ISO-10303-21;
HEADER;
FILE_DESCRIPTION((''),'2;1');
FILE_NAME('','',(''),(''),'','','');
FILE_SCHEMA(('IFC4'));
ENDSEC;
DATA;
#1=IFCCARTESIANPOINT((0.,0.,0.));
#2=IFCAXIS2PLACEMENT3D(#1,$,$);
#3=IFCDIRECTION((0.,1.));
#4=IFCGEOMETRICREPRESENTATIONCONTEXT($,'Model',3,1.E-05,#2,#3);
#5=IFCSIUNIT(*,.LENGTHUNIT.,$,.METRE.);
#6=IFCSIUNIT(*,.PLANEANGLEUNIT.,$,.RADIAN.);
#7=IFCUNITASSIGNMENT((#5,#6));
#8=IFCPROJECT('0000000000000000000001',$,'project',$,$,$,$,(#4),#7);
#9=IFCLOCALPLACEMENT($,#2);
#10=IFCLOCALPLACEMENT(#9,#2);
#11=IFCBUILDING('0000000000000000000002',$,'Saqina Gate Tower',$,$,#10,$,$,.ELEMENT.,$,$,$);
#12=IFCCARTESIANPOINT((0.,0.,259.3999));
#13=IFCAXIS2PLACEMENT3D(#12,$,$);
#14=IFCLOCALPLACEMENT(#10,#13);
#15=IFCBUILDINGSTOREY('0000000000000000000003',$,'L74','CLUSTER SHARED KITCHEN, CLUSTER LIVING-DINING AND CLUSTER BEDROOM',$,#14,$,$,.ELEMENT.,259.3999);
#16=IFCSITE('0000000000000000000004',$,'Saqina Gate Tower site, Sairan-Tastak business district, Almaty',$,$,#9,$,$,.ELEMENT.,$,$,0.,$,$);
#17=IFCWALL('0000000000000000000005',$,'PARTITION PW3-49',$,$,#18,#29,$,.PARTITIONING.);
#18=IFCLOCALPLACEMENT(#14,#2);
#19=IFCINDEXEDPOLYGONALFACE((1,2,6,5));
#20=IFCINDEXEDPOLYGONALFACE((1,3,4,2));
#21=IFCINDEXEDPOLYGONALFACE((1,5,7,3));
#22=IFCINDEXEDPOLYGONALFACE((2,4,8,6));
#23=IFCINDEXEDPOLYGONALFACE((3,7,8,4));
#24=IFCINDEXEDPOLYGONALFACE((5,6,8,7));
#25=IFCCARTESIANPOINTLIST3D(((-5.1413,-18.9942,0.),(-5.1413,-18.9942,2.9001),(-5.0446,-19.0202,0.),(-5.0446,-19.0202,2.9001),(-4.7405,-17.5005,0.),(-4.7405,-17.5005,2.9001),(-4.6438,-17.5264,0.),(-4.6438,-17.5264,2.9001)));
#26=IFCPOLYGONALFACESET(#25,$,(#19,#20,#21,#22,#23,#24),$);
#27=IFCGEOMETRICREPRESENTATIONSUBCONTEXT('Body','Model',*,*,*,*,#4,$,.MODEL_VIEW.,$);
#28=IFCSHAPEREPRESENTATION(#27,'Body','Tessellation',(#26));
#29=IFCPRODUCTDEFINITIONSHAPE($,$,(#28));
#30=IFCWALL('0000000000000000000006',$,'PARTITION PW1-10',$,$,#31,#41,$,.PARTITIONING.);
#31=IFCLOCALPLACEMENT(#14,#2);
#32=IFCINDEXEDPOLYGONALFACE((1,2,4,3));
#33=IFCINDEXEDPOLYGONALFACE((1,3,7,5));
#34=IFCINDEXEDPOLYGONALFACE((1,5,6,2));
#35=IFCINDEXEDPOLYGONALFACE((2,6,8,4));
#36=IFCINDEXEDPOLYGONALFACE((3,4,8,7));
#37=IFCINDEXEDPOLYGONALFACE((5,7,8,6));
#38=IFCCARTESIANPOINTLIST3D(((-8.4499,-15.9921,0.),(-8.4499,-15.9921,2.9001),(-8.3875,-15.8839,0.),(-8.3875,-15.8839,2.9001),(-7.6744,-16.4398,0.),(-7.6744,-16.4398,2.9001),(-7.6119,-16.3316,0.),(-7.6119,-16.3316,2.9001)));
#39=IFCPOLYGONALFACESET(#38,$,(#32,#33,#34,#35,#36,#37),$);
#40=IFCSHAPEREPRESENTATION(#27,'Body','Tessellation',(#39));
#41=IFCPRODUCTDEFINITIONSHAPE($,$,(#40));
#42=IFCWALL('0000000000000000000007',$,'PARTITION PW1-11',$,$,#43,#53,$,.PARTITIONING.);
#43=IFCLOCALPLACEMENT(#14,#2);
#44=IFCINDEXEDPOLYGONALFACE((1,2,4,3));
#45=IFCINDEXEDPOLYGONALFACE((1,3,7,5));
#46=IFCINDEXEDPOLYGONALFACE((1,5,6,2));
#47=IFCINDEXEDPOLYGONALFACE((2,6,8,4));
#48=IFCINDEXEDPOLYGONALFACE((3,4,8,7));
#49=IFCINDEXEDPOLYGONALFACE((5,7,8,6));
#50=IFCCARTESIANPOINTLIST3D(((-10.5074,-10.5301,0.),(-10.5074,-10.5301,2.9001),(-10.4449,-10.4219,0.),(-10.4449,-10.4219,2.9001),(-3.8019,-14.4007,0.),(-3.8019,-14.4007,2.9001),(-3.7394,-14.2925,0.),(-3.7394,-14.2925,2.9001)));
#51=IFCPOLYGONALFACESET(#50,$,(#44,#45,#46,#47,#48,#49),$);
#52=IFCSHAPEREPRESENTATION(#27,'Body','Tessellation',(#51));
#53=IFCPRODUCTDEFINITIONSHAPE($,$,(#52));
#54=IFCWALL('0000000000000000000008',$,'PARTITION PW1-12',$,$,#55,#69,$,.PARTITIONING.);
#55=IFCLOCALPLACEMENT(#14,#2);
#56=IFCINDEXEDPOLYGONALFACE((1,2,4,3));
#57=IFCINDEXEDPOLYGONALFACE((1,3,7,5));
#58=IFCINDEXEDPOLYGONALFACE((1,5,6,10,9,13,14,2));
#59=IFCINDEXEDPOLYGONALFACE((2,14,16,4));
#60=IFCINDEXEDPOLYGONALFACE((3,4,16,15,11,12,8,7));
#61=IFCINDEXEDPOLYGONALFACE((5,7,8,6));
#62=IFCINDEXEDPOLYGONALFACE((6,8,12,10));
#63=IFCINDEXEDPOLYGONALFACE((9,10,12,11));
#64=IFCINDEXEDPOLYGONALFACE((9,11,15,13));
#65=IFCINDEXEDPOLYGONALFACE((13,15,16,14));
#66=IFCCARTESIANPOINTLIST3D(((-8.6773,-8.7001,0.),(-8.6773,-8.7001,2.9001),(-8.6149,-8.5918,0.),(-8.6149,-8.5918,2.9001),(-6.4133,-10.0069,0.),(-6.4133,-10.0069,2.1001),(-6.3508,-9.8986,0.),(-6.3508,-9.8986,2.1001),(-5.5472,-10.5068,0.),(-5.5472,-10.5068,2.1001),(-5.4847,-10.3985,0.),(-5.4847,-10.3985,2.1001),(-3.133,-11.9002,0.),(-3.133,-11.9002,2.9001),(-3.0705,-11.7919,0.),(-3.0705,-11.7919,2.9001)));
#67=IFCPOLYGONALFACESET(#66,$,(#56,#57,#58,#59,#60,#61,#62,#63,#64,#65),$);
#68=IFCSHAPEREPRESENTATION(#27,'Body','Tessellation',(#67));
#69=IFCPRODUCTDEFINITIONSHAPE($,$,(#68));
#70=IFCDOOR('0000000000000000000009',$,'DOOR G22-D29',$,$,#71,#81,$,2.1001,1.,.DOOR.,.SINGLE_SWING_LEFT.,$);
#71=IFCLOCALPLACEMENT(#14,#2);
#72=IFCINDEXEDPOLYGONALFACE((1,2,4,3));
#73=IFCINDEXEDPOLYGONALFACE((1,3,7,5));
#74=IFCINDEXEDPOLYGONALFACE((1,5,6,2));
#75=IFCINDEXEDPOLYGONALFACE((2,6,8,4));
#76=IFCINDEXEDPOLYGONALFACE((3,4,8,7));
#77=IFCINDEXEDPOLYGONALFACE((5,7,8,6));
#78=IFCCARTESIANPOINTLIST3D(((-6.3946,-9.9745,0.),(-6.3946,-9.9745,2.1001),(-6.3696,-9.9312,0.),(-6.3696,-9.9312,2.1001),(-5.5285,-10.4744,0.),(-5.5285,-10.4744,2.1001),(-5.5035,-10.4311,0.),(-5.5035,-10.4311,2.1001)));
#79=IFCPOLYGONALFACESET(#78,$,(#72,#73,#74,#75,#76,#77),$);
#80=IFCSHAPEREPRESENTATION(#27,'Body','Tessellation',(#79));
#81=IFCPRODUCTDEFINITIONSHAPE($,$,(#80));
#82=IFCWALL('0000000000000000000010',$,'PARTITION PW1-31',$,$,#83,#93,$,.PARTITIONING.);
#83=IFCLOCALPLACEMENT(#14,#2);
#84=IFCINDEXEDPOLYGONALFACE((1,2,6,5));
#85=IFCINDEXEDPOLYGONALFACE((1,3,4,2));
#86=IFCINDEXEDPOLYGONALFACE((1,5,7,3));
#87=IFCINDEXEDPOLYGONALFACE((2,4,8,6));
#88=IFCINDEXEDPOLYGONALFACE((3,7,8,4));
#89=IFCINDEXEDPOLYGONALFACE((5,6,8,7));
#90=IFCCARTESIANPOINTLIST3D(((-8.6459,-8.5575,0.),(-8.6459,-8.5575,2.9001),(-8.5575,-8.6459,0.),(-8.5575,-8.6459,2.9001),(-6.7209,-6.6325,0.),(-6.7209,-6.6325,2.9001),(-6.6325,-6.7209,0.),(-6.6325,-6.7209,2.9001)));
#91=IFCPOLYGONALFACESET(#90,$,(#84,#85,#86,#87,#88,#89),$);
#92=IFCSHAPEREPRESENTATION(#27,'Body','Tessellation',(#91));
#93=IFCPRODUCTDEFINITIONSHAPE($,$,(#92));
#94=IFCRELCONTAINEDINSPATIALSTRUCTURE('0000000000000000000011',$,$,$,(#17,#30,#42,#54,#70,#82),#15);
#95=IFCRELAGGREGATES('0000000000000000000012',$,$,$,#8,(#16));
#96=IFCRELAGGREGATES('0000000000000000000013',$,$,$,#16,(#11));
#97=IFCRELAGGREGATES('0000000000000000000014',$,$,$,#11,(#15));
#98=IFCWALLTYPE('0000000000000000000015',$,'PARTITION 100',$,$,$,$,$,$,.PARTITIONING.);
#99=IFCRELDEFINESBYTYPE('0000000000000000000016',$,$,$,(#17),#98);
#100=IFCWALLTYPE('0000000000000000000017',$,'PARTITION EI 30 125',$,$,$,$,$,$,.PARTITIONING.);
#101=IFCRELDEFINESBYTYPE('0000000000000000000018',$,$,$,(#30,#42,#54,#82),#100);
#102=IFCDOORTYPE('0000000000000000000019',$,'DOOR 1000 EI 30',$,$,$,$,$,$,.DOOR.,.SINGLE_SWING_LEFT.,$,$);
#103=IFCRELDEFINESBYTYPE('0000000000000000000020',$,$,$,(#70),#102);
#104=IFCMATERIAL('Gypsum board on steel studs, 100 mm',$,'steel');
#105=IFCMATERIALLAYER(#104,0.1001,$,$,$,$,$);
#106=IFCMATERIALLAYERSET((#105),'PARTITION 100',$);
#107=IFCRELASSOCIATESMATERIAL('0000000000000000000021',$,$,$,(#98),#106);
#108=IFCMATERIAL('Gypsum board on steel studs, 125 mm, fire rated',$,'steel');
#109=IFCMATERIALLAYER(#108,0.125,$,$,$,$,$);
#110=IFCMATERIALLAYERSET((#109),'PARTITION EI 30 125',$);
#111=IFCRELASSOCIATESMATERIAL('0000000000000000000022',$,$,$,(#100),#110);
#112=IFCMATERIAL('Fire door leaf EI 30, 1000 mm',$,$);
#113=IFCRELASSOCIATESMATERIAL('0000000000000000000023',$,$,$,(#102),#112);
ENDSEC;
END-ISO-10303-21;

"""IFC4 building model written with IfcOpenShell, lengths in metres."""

from ifc_helpers import new_model, si_unit, direction, frame, frame_2d, origin, place, context, subcontext, project, spatial, rectangle, extrude, material, layer, layer_set, type_object, element, fill, save


model = new_model("IFC4")

# Units and contexts
model_context = context("Model", 3, precision=1e-05, world=origin(), true_north=direction((0.0, 1.0)))
body_context = subcontext(model_context, "Body", "Model", "MODEL_VIEW")
ifc_project = project(units=[si_unit("LENGTHUNIT", "METRE"), si_unit("PLANEANGLEUNIT", "RADIAN")], contexts=[model_context])

# Site, building, storey
site_placement = place(None, origin())
site = spatial("IfcSite", under=ifc_project, at=site_placement, Name="Saqina Gate Tower site, Sairan-Tastak business district, Almaty", CompositionType="ELEMENT", RefElevation=0.0)
building_placement = place(site_placement, origin())
building = spatial("IfcBuilding", under=site, at=building_placement, Name="Saqina Gate Tower", CompositionType="ELEMENT")
storey_placement = place(building_placement, frame((0.0, 0.0, 259.3999)))
storey = spatial("IfcBuildingStorey", under=building, at=storey_placement, Name="L74", Description="CLUSTER SHARED KITCHEN, CLUSTER LIVING-DINING AND CLUSTER BEDROOM", CompositionType="ELEMENT", Elevation=259.3999)

# Shared definitions
ifc_material_1 = material(Name="Gypsum board on steel studs, 100 mm", Category="steel")
ifc_layer_1 = layer(ifc_material_1, 0.1001)
ifc_layer_set_1 = layer_set([ifc_layer_1], Name="PARTITION 100")
wall_type_1 = type_object("IfcWallType", Name="PARTITION 100", PredefinedType="PARTITIONING", material=ifc_layer_set_1)

# Walls
wall_1_placement = place(storey_placement, frame((-5.093, -19.0073, 0.0), z_axis=(0.0, 0.0, 1.0), x_axis=(0.259175, 0.96583, 0.0)))
element("IfcWall", 1, at=wall_1_placement, inside=storey, type_object=wall_type_1, Name="PARTITION PW3-49", PredefinedType="PARTITIONING", context=body_context, shape_type="SweptSolid", body=[
    extrude(rectangle(XDim=1.5466, YDim=0.1001, at=frame_2d((0.7734, 0.0))), origin(), (0.0, 0.0, 1.0), 2.9001),
])
ifc_material_2 = material(Name="Gypsum board on steel studs, 125 mm, fire rated", Category="steel")
ifc_layer_2 = layer(ifc_material_2, 0.125)
ifc_layer_set_2 = layer_set([ifc_layer_2], Name="PARTITION EI 30 125")
wall_type_2 = type_object("IfcWallType", Name="PARTITION EI 30 125", PredefinedType="PARTITIONING", material=ifc_layer_set_2)
wall_2_placement = place(storey_placement, frame((-8.4187, -15.938, 0.0), z_axis=(0.0, 0.0, 1.0), x_axis=(0.866054, -0.499951, 0.0)))
element("IfcWall", 2, at=wall_2_placement, inside=storey, type_object=wall_type_2, Name="PARTITION PW1-10", PredefinedType="PARTITIONING", context=body_context, shape_type="SweptSolid", body=[
    extrude(rectangle(XDim=0.8955, YDim=0.125, at=frame_2d((0.4478, 0.0))), origin(), (0.0, 0.0, 1.0), 2.9001),
])
wall_3_placement = place(storey_placement, frame((-10.4761, -10.4761, 0.0), z_axis=(0.0, 0.0, 1.0), x_axis=(0.866073, -0.499917, 0.0)))
element("IfcWall", 3, at=wall_3_placement, inside=storey, type_object=wall_type_2, Name="PARTITION PW1-11", PredefinedType="PARTITIONING", context=body_context, shape_type="SweptSolid", body=[
    extrude(rectangle(XDim=7.7424, YDim=0.125, at=frame_2d((3.8711, 0.0))), origin(), (0.0, 0.0, 1.0), 2.9001),
])

# Wall, opening, door
wall_4_placement = place(storey_placement, frame((-8.646, -8.646, 0.0), z_axis=(0.0, 0.0, 1.0), x_axis=(0.866085, -0.499896, 0.0)))
wall_4 = element("IfcWall", 4, at=wall_4_placement, inside=storey, type_object=wall_type_2, Name="PARTITION PW1-12", PredefinedType="PARTITIONING", context=body_context, shape_type="SweptSolid", body=[
    extrude(rectangle(XDim=6.4016, YDim=0.125, at=frame_2d((3.2007, 0.0))), origin(), (0.0, 0.0, 1.0), 2.9001),
])
opening_1_placement = place(wall_4_placement, frame((2.614, 0.0, 0.0)))
opening_1 = element("IfcOpeningElement", 5, at=opening_1_placement, cuts=wall_4, PredefinedType="OPENING", context=body_context, shape_type="SweptSolid", body=[
    extrude(rectangle(XDim=1.0, YDim=2.1001, at=frame_2d((0.5, 1.05))), frame((0.0, 0.0745, 0.0), z_axis=(0.0, -1.0, 0.0), x_axis=(1.0, 0.0, 0.0)), (0.0, 0.0, 1.0), 0.1489),
])
ifc_material_3 = material(Name="Fire door leaf EI 30, 1000 mm")
door_type_1 = type_object("IfcDoorType", Name="DOOR 1000 EI 30", OperationType="SINGLE_SWING_LEFT", PredefinedType="DOOR", material=ifc_material_3)
door_1_placement = place(opening_1_placement, origin())
door_1 = element("IfcDoor", 6, at=door_1_placement, inside=storey, type_object=door_type_1, Name="DOOR G22-D29", OperationType="SINGLE_SWING_LEFT", OverallHeight=2.1001, OverallWidth=1.0, PredefinedType="DOOR", context=body_context, shape_type="SweptSolid", body=[
    extrude(rectangle(XDim=1.0, YDim=2.1001, at=frame_2d((0.5, 1.05))), frame((0.0, 0.0249, 0.0), z_axis=(0.0, -1.0, 0.0), x_axis=(1.0, 0.0, 0.0)), (0.0, 0.0, 1.0), 0.05),
])
fill(opening_1, door_1)

# Wall
wall_5_placement = place(storey_placement, frame((-8.6018, -8.6018, 0.0), z_axis=(0.0, 0.0, 1.0), x_axis=(0.707107, 0.707107, 0.0)))
element("IfcWall", 7, at=wall_5_placement, inside=storey, type_object=wall_type_2, Name="PARTITION PW1-31", PredefinedType="PARTITIONING", context=body_context, shape_type="SweptSolid", body=[
    extrude(rectangle(XDim=2.7224, YDim=0.125, at=frame_2d((1.3613, 0.0))), origin(), (0.0, 0.0, 1.0), 2.9001),
])

save(model, "model.ifc")
